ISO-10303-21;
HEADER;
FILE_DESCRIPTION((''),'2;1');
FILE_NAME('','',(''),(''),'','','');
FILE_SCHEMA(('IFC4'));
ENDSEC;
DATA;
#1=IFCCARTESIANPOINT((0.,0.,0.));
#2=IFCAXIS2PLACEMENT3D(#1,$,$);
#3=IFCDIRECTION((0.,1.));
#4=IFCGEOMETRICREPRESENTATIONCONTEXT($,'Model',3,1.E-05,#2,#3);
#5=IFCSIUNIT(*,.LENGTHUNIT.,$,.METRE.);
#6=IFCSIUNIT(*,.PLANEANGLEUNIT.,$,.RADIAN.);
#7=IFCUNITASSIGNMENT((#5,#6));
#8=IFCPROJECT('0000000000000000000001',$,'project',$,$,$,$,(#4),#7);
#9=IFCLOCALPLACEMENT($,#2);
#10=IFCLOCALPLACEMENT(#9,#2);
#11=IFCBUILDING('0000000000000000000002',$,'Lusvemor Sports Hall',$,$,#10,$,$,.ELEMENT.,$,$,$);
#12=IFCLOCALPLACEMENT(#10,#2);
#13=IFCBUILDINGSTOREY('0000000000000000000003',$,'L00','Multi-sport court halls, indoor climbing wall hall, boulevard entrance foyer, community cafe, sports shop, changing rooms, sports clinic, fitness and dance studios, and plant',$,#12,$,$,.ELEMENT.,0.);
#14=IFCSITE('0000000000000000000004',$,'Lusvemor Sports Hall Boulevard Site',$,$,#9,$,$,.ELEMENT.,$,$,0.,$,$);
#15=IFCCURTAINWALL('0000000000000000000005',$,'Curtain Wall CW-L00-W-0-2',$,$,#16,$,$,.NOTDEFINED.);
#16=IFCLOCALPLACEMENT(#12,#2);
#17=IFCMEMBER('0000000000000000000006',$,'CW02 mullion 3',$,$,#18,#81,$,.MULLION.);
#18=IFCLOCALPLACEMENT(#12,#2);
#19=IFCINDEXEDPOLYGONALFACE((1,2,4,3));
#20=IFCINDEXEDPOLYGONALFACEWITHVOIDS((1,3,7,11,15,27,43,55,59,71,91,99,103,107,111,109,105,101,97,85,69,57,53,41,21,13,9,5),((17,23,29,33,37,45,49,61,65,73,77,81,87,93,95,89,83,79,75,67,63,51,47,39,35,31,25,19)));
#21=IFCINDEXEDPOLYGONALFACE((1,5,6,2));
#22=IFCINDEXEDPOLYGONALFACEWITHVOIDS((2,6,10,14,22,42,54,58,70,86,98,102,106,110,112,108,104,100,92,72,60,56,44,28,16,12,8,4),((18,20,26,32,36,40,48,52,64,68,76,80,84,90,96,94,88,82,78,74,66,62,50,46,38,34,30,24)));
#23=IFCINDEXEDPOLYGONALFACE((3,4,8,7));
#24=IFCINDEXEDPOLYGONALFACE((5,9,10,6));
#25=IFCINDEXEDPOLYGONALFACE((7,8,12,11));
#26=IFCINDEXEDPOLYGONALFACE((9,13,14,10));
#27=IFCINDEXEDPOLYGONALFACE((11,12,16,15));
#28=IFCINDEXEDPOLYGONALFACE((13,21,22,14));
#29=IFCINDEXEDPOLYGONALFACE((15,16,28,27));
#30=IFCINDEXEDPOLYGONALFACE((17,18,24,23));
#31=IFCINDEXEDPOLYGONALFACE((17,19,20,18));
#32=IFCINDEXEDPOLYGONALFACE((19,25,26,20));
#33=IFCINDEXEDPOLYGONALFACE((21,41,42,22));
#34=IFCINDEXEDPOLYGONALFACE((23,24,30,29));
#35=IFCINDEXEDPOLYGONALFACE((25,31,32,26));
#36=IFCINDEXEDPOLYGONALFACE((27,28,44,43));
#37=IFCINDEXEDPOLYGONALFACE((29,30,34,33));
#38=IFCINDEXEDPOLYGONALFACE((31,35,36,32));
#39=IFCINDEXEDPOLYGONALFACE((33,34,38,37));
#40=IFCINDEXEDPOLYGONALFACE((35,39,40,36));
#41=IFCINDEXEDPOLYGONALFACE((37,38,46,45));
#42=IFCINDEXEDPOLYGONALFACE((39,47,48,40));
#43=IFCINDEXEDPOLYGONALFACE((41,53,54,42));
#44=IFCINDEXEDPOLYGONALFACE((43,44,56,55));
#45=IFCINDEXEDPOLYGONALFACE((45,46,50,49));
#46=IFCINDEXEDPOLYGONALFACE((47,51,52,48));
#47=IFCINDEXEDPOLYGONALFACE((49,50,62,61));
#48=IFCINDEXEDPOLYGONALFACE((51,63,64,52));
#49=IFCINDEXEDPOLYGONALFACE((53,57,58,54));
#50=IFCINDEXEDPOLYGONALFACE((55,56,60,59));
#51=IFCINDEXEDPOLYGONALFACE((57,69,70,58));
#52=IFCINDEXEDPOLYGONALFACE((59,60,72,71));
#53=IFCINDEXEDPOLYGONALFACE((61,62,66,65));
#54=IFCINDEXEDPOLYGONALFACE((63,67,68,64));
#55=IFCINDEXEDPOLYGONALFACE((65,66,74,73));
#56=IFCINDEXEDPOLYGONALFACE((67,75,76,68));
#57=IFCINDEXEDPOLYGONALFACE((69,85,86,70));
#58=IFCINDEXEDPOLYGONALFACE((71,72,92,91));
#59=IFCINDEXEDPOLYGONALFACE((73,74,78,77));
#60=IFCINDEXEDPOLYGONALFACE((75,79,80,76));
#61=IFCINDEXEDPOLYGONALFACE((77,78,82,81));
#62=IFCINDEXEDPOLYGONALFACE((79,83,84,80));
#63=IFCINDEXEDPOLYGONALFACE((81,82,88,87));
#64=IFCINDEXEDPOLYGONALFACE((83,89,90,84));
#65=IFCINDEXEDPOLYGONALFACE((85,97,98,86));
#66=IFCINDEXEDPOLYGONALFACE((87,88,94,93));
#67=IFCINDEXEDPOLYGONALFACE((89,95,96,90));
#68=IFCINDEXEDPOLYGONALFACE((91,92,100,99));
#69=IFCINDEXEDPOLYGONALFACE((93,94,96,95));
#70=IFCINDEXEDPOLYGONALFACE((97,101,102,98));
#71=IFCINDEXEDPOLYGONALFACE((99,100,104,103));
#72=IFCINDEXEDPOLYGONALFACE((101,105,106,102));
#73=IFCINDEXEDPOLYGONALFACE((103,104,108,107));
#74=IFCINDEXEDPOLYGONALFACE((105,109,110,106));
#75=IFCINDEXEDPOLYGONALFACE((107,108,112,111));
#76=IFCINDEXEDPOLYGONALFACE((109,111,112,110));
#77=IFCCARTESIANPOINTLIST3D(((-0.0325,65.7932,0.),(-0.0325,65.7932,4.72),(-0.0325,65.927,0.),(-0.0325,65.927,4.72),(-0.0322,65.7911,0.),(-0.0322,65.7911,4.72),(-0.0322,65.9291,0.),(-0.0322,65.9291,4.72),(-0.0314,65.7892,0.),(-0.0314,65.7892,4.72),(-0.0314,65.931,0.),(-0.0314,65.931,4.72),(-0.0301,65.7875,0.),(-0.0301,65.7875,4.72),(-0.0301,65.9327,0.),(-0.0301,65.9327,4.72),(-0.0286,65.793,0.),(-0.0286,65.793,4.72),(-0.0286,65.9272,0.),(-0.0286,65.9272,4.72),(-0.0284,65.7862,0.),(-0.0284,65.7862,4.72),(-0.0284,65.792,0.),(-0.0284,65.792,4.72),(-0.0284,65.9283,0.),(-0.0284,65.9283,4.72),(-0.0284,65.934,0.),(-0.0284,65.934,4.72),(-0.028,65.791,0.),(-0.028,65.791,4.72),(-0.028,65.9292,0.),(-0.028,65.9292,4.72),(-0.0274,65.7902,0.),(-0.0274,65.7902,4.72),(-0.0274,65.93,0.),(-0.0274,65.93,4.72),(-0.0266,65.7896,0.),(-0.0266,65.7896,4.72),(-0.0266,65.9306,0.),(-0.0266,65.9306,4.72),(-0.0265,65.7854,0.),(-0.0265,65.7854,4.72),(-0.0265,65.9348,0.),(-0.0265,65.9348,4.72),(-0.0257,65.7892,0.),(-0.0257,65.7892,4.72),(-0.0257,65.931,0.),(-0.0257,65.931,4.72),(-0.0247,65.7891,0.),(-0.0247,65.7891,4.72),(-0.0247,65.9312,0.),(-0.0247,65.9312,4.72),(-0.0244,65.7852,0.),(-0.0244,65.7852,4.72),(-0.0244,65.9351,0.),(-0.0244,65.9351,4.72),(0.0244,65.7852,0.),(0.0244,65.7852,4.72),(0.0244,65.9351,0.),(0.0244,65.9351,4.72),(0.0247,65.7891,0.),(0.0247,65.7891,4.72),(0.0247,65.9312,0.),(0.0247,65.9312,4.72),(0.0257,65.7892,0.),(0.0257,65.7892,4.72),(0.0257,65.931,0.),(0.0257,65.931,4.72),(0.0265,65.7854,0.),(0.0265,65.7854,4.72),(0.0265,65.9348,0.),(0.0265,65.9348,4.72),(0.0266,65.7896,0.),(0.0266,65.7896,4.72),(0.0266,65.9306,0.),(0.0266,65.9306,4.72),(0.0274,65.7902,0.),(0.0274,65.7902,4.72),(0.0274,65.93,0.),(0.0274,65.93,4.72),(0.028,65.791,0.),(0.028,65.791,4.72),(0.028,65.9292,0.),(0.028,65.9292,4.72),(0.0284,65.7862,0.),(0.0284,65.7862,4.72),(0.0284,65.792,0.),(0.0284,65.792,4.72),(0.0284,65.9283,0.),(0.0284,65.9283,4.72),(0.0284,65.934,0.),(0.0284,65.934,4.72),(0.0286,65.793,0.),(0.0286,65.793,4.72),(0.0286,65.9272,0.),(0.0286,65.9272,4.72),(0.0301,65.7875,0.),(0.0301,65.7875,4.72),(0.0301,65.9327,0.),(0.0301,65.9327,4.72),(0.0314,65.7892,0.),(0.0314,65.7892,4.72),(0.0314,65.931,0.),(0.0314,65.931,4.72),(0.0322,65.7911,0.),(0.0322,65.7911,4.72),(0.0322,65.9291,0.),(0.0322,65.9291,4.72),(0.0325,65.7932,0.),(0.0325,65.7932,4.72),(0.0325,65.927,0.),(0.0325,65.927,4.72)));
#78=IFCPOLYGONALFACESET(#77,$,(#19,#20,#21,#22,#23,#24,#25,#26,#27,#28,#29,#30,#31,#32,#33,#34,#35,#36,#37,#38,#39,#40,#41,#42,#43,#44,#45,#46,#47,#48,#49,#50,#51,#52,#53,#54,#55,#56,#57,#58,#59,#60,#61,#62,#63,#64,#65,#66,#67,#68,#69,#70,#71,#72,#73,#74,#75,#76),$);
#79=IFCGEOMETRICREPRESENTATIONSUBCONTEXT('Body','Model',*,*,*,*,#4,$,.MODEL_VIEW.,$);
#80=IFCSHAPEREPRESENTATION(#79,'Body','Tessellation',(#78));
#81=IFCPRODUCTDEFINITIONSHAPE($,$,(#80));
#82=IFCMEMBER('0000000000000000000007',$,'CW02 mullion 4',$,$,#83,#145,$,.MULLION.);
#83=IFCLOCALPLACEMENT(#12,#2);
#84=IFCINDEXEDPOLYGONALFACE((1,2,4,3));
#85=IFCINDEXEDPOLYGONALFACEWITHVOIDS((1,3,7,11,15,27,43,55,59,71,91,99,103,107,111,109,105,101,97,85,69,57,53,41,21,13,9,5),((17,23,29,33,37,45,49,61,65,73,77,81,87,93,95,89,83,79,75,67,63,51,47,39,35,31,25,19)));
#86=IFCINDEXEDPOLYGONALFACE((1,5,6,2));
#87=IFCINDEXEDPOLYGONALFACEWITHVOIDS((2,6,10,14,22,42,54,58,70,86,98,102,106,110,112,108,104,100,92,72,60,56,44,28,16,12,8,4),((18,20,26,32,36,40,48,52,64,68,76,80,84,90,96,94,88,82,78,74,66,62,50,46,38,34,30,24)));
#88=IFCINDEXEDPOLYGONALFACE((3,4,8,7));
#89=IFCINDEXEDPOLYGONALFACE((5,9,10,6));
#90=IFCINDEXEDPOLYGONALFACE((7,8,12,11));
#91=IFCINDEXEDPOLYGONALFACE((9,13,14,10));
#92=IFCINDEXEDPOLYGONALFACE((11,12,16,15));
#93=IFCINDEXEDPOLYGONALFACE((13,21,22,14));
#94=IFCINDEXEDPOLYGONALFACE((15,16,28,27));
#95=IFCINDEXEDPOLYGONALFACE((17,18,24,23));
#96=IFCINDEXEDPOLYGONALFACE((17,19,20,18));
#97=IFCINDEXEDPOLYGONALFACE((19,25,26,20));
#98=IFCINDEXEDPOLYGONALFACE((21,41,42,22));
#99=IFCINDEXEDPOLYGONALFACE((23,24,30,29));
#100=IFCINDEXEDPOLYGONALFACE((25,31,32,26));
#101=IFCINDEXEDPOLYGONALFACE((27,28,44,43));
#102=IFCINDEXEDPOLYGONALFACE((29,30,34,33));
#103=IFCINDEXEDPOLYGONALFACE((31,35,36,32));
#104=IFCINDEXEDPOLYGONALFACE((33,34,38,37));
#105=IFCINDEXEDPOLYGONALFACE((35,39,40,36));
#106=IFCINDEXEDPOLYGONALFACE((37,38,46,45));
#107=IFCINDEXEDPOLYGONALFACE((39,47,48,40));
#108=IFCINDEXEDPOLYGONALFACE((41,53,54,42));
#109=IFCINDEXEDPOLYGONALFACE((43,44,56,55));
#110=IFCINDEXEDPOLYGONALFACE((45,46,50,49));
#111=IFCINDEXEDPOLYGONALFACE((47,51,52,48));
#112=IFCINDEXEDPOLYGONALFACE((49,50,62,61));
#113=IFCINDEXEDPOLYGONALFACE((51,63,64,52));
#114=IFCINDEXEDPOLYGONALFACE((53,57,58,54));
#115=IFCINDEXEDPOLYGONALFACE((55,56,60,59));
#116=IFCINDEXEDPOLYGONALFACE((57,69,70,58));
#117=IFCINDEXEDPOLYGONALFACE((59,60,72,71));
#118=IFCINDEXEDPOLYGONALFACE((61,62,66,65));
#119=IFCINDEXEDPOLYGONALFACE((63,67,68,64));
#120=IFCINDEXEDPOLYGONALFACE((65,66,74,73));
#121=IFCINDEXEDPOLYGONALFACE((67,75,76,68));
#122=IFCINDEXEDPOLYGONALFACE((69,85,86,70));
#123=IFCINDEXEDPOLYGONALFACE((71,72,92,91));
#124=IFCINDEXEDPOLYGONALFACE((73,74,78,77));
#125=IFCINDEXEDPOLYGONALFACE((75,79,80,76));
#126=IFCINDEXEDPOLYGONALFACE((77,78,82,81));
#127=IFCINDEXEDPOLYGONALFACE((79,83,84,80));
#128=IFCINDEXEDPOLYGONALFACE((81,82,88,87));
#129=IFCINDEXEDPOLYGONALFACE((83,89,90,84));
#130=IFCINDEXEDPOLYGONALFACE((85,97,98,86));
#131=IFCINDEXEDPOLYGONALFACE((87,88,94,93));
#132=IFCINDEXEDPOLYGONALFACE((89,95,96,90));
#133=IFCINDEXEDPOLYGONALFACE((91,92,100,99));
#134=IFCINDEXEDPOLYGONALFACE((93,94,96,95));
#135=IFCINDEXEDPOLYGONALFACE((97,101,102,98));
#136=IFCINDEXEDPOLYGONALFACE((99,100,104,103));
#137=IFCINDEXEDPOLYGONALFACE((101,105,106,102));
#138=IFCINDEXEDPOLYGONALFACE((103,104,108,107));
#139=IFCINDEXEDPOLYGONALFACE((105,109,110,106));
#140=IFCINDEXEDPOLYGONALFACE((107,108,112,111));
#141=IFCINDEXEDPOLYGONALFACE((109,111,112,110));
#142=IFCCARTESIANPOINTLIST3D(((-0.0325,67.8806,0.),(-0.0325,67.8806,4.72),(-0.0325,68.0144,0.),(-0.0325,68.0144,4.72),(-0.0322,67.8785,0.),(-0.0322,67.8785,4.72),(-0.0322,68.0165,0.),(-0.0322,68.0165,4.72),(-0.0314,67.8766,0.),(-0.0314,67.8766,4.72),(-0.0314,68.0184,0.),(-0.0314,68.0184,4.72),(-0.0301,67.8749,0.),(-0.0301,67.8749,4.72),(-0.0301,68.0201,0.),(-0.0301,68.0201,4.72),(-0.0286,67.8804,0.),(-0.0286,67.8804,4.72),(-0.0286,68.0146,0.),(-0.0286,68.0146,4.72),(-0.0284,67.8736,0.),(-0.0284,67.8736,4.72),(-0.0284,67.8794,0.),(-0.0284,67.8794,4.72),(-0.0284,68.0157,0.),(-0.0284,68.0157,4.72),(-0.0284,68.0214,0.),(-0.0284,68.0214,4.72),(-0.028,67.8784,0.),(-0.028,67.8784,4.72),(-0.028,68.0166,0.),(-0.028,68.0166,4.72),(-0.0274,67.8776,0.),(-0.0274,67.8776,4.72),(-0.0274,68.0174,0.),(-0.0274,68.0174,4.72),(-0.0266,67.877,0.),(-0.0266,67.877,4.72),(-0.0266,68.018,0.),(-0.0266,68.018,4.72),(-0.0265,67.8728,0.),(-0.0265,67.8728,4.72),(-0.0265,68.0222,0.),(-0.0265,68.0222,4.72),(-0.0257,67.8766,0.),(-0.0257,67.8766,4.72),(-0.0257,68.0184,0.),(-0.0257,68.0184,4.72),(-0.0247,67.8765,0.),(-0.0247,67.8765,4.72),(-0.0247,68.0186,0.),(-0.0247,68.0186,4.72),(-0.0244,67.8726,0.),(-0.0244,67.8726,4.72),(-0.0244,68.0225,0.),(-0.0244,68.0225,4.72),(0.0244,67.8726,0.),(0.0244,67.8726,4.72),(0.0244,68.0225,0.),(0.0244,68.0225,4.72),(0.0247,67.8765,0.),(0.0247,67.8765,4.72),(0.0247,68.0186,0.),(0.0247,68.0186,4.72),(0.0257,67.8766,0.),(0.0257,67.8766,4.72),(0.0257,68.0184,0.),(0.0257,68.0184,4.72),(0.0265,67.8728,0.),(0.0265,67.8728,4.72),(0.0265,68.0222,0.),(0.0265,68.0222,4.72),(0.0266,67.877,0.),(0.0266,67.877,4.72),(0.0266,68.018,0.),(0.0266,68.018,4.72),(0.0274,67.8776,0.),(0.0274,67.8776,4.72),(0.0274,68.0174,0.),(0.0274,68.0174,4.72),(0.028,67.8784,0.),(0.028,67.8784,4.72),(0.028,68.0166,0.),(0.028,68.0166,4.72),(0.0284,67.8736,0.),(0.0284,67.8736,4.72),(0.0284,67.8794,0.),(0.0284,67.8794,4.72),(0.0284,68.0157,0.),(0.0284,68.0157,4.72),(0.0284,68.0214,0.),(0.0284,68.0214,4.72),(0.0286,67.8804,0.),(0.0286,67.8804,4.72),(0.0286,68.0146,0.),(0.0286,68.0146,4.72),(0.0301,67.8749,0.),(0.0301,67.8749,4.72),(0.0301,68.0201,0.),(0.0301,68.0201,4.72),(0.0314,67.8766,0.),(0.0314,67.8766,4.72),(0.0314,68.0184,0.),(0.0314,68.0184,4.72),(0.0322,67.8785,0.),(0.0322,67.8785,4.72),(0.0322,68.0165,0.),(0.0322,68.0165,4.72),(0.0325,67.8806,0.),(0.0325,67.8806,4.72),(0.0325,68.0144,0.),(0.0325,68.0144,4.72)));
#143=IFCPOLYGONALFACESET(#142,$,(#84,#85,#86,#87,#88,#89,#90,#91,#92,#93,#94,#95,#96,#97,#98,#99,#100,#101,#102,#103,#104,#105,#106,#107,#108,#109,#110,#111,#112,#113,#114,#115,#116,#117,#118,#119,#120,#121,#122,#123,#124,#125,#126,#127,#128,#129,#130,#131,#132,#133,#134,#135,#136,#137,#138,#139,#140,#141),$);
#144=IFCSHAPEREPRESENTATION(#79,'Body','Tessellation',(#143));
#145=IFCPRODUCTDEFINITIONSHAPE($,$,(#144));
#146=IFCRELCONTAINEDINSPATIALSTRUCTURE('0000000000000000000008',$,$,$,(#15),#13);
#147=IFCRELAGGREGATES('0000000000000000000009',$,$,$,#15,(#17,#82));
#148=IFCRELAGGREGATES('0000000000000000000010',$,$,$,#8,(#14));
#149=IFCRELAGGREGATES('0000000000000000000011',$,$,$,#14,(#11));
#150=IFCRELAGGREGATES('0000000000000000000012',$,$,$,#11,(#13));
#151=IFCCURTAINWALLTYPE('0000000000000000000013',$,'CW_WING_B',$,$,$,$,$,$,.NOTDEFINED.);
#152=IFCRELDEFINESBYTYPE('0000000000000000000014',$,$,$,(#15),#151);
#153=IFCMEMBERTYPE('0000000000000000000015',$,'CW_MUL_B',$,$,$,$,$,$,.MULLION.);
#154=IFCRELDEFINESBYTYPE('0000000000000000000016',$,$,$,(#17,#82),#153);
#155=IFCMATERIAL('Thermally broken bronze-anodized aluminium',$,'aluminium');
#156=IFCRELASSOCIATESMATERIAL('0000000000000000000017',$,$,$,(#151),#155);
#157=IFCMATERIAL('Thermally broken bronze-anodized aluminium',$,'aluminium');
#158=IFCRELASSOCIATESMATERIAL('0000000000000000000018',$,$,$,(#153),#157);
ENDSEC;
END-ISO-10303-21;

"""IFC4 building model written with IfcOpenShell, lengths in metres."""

from ifc_helpers import new_model, si_unit, direction, frame, origin, origin_2d, place, context, subcontext, project, spatial, hollow_rectangle, extrude, material, material_profile, profile_set, type_object, element, aggregate, save


model = new_model("IFC4")

# Units and contexts
model_context = context("Model", 3, precision=1e-05, world=origin(), true_north=direction((0.0, 1.0)))
body_context = subcontext(model_context, "Body", "Model", "MODEL_VIEW")
ifc_project = project(units=[si_unit("LENGTHUNIT", "METRE"), si_unit("PLANEANGLEUNIT", "RADIAN")], contexts=[model_context])

# Site, building, storey
site_placement = place(None, origin())
site = spatial("IfcSite", under=ifc_project, at=site_placement, Name="Lusvemor Sports Hall Boulevard Site", CompositionType="ELEMENT", RefElevation=0.0)
building_placement = place(site_placement, origin())
building = spatial("IfcBuilding", under=site, at=building_placement, Name="Lusvemor Sports Hall", CompositionType="ELEMENT")
storey_placement = place(building_placement, origin())
storey = spatial("IfcBuildingStorey", under=building, at=storey_placement, Name="L00", Description="Multi-sport court halls, indoor climbing wall hall, boulevard entrance foyer, community cafe, sports shop, changing rooms, sports clinic, fitness and dance studios, and plant", CompositionType="ELEMENT", Elevation=0.0)

# Curtain wall, members
ifc_material_1 = material(Name="Thermally broken bronze-anodized aluminium", Category="aluminium")
curtain_wall_type = type_object("IfcCurtainWallType", Name="CW_WING_B", PredefinedType="NOTDEFINED", material=ifc_material_1)
curtain_wall_placement = place(storey_placement, origin())
curtain_wall = element("IfcCurtainWall", 1, at=curtain_wall_placement, inside=storey, type_object=curtain_wall_type, Name="Curtain Wall CW-L00-W-0-2", PredefinedType="NOTDEFINED")
ifc_material_2 = material(Name="Thermally broken bronze-anodized aluminium", Category="aluminium")
ifc_material_profile_1 = material_profile(ifc_material_2, hollow_rectangle(XDim=0.0649, YDim=0.1499, WallThickness=0.0039, InnerFilletRadius=0.0039, OuterFilletRadius=0.0081, at=origin_2d()), Name="CWMUL150x65x4")
ifc_profile_set_1 = profile_set([ifc_material_profile_1], Name="Thermally broken bronze-anodized aluminium")
member_type_1 = type_object("IfcMemberType", Name="CW_MUL_B", PredefinedType="MULLION", material=ifc_profile_set_1)
member_1_placement = place(storey_placement, frame((0.0, 65.8601, 0.0), z_axis=(0.0, 0.0, 1.0), x_axis=(-1.0, 0.0, 0.0)))
member_1 = element("IfcMember", 2, at=member_1_placement, type_object=member_type_1, Name="CW02 mullion 3", PredefinedType="MULLION", context=body_context, shape_type="SweptSolid", body=[
    extrude(hollow_rectangle(XDim=0.0649, YDim=0.1499, WallThickness=0.0039, InnerFilletRadius=0.0039, OuterFilletRadius=0.0081, at=origin_2d()), origin(), (0.0, 0.0, 1.0), 4.72),
])
member_2_placement = place(storey_placement, frame((0.0, 67.9475, 0.0), z_axis=(0.0, 0.0, 1.0), x_axis=(-1.0, 0.0, 0.0)))
member_2 = element("IfcMember", 3, at=member_2_placement, type_object=member_type_1, Name="CW02 mullion 4", PredefinedType="MULLION", context=body_context, shape_type="SweptSolid", body=[
    extrude(hollow_rectangle(XDim=0.0649, YDim=0.1499, WallThickness=0.0039, InnerFilletRadius=0.0039, OuterFilletRadius=0.0081, at=origin_2d()), origin(), (0.0, 0.0, 1.0), 4.72),
])
aggregate(curtain_wall, [member_1, member_2])

save(model, "model.ifc")
